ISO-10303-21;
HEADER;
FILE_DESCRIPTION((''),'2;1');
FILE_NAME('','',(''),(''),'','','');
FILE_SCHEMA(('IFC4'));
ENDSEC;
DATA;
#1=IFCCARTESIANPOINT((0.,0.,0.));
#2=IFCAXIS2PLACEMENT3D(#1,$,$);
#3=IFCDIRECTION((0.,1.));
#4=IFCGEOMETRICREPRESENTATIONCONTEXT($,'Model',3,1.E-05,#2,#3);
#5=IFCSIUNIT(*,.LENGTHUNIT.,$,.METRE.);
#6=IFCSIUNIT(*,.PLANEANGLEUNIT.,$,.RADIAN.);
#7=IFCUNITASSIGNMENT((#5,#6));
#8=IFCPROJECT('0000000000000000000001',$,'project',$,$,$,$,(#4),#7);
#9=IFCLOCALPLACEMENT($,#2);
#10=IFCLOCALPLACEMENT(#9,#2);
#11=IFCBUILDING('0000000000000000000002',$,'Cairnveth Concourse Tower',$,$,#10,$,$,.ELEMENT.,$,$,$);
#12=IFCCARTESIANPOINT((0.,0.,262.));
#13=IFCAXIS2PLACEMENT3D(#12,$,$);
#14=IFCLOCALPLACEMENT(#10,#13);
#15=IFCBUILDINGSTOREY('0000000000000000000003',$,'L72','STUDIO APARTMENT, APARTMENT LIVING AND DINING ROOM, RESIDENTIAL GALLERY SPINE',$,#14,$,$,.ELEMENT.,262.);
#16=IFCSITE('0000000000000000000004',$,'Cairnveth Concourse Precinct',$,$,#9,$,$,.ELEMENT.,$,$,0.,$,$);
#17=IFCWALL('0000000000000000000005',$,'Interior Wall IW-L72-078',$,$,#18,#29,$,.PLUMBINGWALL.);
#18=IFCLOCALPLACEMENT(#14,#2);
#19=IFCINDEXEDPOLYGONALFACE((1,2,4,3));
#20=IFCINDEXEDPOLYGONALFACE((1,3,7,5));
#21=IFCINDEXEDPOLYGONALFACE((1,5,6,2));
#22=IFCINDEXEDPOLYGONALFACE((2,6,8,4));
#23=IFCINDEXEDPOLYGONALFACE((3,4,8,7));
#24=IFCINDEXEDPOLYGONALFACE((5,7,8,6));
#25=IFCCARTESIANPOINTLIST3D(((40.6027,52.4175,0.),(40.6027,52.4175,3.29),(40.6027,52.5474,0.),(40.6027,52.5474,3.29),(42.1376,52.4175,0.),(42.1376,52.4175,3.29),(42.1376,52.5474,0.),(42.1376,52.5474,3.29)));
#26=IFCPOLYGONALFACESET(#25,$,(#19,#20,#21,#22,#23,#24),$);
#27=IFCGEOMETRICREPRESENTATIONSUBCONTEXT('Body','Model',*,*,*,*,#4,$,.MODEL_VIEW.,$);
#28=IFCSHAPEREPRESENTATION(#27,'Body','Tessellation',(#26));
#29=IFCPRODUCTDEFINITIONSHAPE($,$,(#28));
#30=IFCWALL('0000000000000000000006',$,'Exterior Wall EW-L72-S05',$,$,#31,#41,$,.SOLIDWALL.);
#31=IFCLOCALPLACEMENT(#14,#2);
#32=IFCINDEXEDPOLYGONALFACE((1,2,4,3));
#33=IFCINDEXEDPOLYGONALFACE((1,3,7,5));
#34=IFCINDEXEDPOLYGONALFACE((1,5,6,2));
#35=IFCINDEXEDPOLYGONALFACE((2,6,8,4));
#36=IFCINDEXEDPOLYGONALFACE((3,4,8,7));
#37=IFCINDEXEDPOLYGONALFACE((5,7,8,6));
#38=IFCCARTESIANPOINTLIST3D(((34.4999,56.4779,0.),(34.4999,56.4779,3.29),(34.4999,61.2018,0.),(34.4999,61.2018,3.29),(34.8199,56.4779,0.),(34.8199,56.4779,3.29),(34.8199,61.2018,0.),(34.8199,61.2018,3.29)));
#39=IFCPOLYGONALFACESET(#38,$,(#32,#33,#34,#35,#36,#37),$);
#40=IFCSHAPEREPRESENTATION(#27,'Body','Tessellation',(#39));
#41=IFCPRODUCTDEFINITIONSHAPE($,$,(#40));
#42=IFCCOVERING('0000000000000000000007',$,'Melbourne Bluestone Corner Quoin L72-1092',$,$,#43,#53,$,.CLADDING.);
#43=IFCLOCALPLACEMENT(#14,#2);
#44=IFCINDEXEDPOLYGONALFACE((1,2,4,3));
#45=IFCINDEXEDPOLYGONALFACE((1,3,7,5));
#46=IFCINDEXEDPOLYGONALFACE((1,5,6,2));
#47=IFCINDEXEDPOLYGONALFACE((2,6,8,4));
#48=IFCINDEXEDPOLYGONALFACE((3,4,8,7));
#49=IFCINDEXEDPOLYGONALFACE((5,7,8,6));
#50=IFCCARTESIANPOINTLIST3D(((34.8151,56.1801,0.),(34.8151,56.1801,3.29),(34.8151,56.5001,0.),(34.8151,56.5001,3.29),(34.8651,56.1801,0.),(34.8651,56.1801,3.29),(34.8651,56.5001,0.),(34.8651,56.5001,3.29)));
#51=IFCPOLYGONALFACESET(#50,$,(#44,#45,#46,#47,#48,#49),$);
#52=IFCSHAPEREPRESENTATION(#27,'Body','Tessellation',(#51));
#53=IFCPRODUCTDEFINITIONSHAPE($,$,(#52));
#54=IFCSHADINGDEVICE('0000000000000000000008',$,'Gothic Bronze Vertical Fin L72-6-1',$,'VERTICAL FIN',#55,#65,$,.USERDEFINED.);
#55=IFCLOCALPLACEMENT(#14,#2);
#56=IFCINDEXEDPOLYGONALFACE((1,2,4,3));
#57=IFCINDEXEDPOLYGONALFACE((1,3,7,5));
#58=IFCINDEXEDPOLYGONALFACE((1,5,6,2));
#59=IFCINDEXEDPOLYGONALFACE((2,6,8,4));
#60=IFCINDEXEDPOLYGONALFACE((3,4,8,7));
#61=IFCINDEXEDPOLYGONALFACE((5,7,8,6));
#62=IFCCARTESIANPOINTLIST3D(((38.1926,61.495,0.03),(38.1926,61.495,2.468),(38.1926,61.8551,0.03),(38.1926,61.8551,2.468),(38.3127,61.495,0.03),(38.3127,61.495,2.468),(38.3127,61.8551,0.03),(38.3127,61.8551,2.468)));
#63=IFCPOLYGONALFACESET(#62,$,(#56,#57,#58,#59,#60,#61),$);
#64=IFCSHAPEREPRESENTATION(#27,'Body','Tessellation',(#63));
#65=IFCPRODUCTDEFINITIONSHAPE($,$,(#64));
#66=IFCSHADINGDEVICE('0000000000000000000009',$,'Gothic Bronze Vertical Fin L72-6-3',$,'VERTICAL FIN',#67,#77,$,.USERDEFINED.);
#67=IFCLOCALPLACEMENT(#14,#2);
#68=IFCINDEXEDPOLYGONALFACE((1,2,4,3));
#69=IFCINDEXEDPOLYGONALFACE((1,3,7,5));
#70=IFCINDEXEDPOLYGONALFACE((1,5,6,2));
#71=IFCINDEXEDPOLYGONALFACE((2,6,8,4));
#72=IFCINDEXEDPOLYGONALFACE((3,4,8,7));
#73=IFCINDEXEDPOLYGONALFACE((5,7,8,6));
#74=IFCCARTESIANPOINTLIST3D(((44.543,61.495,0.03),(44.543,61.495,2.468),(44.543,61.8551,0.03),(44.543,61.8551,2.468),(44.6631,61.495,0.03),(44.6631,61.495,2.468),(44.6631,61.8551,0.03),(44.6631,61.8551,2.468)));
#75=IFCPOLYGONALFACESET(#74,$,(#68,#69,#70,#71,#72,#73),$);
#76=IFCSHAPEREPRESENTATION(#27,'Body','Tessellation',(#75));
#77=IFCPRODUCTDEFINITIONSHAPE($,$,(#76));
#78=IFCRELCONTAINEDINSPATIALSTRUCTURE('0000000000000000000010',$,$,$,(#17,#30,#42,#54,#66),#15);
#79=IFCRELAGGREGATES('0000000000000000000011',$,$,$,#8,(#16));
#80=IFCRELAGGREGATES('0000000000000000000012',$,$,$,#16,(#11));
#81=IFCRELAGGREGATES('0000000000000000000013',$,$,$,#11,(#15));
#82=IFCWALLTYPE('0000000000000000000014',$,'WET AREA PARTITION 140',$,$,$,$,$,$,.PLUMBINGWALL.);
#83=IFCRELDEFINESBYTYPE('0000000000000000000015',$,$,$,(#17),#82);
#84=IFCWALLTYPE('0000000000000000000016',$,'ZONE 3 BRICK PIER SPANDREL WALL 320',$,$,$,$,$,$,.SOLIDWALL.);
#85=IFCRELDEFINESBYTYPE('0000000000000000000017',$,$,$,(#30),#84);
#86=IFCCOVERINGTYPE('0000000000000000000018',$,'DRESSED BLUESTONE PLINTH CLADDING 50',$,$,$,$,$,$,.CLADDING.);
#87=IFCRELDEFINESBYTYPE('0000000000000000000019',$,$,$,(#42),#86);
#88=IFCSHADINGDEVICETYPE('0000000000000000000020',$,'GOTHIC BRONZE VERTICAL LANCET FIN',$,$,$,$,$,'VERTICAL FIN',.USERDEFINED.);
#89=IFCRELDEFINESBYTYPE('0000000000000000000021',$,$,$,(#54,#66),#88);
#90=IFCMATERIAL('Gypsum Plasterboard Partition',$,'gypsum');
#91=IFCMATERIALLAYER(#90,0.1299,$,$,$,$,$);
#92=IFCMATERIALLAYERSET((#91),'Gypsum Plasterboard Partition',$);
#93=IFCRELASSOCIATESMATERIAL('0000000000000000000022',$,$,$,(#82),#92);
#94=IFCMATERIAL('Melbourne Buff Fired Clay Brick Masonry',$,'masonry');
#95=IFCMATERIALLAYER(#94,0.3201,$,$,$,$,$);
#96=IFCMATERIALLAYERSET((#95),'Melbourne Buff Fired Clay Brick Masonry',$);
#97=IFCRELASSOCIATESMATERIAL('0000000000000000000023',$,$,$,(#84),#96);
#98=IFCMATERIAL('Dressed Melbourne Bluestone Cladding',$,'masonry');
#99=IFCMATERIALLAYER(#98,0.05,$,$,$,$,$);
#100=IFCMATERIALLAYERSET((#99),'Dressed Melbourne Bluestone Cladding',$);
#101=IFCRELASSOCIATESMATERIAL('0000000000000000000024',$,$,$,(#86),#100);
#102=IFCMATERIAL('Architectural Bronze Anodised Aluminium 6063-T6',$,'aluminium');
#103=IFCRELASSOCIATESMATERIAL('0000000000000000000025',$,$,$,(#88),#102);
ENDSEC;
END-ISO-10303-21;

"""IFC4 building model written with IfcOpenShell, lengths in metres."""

from ifc_helpers import new_model, si_unit, direction, frame, frame_2d, origin, origin_2d, place, context, subcontext, project, spatial, rectangle, extrude, material, layer, layer_set, type_object, element, save


model = new_model("IFC4")

# Units and contexts
model_context = context("Model", 3, precision=1e-05, world=origin(), true_north=direction((0.0, 1.0)))
body_context = subcontext(model_context, "Body", "Model", "MODEL_VIEW")
ifc_project = project(units=[si_unit("LENGTHUNIT", "METRE"), si_unit("PLANEANGLEUNIT", "RADIAN")], contexts=[model_context])

# Site, building, storey
site_placement = place(None, origin())
site = spatial("IfcSite", under=ifc_project, at=site_placement, Name="Cairnveth Concourse Precinct", CompositionType="ELEMENT", RefElevation=0.0)
building_placement = place(site_placement, origin())
building = spatial("IfcBuilding", under=site, at=building_placement, Name="Cairnveth Concourse Tower", CompositionType="ELEMENT")
storey_placement = place(building_placement, frame((0.0, 0.0, 262.0)))
storey = spatial("IfcBuildingStorey", under=building, at=storey_placement, Name="L72", Description="STUDIO APARTMENT, APARTMENT LIVING AND DINING ROOM, RESIDENTIAL GALLERY SPINE", CompositionType="ELEMENT", Elevation=262.0)

# Shared definitions
ifc_material_1 = material(Name="Gypsum Plasterboard Partition", Category="gypsum")

# Shared definitions
ifc_layer_1 = layer(ifc_material_1, 0.1299)
ifc_layer_set_1 = layer_set([ifc_layer_1], Name="Gypsum Plasterboard Partition")
wall_type_1 = type_object("IfcWallType", Name="WET AREA PARTITION 140", PredefinedType="PLUMBINGWALL", material=ifc_layer_set_1)

# Walls
wall_1_placement = place(storey_placement, frame((40.6025, 52.4824, 0.0), z_axis=(0.0, 0.0, 1.0), x_axis=(1.0, 0.0, 0.0)))
element("IfcWall", 1, at=wall_1_placement, inside=storey, type_object=wall_type_1, Name="Interior Wall IW-L72-078", PredefinedType="PLUMBINGWALL", context=body_context, shape_type="SweptSolid", body=[
    extrude(rectangle(XDim=1.5349, YDim=0.1299, at=frame_2d((0.7676, 0.0))), origin(), (0.0, 0.0, 1.0), 3.29),
])
ifc_material_2 = material(Name="Melbourne Buff Fired Clay Brick Masonry", Category="masonry")
ifc_layer_2 = layer(ifc_material_2, 0.3201)
ifc_layer_set_2 = layer_set([ifc_layer_2], Name="Melbourne Buff Fired Clay Brick Masonry")
wall_type_2 = type_object("IfcWallType", Name="ZONE 3 BRICK PIER SPANDREL WALL 320", PredefinedType="SOLIDWALL", material=ifc_layer_set_2)
wall_2_placement = place(storey_placement, frame((34.6599, 56.478, 0.0), z_axis=(0.0, 0.0, 1.0), x_axis=(0.0, 1.0, 0.0)))
element("IfcWall", 2, at=wall_2_placement, inside=storey, type_object=wall_type_2, Name="Exterior Wall EW-L72-S05", PredefinedType="SOLIDWALL", context=body_context, shape_type="SweptSolid", body=[
    extrude(rectangle(XDim=4.7239, YDim=0.3201, at=frame_2d((2.3618, 0.0))), origin(), (0.0, 0.0, 1.0), 3.29),
])

# Covering
ifc_material_3 = material(Name="Dressed Melbourne Bluestone Cladding", Category="masonry")
ifc_layer_3 = layer(ifc_material_3, 0.05)
ifc_layer_set_3 = layer_set([ifc_layer_3], Name="Dressed Melbourne Bluestone Cladding")
covering_type = type_object("IfcCoveringType", Name="DRESSED BLUESTONE PLINTH CLADDING 50", PredefinedType="CLADDING", material=ifc_layer_set_3)
covering_placement = place(storey_placement, frame((34.8401, 56.1799, 0.0), z_axis=(0.0, 0.0, 1.0), x_axis=(0.0, 1.0, 0.0)))
element("IfcCovering", 3, at=covering_placement, inside=storey, type_object=covering_type, Name="Melbourne Bluestone Corner Quoin L72-1092", PredefinedType="CLADDING", context=body_context, shape_type="SweptSolid", body=[
    extrude(rectangle(XDim=0.3201, YDim=0.05, at=frame_2d((0.1602, 0.0))), origin(), (0.0, 0.0, 1.0), 3.29),
])

# Shading devices
ifc_material_4 = material(Name="Architectural Bronze Anodised Aluminium 6063-T6", Category="aluminium")
shading_device_type = type_object("IfcShadingDeviceType", Name="GOTHIC BRONZE VERTICAL LANCET FIN", ElementType="VERTICAL FIN", PredefinedType="USERDEFINED", material=ifc_material_4)
for number, where, z_axis, x_axis, name in (
    (4, (38.2527, 61.675, 0.03), (0.0, 0.0, 1.0), (1.0, 0.0, 0.0), "Gothic Bronze Vertical Fin L72-6-1"),
    (5, (44.603, 61.675, 0.03), (0.0, 0.0, 1.0), (1.0, 0.0, 0.0), "Gothic Bronze Vertical Fin L72-6-3"),
):
    element("IfcShadingDevice", number, at=place(storey_placement, frame(where, z_axis=z_axis, x_axis=x_axis)), inside=storey, type_object=shading_device_type, Name=name, ObjectType="VERTICAL FIN", PredefinedType="USERDEFINED", context=body_context, shape_type="SweptSolid", body=[
        extrude(rectangle(XDim=0.1201, YDim=0.3601, at=origin_2d()), origin(), (0.0, 0.0, 1.0), 2.438),
    ])

save(model, "model.ifc")
